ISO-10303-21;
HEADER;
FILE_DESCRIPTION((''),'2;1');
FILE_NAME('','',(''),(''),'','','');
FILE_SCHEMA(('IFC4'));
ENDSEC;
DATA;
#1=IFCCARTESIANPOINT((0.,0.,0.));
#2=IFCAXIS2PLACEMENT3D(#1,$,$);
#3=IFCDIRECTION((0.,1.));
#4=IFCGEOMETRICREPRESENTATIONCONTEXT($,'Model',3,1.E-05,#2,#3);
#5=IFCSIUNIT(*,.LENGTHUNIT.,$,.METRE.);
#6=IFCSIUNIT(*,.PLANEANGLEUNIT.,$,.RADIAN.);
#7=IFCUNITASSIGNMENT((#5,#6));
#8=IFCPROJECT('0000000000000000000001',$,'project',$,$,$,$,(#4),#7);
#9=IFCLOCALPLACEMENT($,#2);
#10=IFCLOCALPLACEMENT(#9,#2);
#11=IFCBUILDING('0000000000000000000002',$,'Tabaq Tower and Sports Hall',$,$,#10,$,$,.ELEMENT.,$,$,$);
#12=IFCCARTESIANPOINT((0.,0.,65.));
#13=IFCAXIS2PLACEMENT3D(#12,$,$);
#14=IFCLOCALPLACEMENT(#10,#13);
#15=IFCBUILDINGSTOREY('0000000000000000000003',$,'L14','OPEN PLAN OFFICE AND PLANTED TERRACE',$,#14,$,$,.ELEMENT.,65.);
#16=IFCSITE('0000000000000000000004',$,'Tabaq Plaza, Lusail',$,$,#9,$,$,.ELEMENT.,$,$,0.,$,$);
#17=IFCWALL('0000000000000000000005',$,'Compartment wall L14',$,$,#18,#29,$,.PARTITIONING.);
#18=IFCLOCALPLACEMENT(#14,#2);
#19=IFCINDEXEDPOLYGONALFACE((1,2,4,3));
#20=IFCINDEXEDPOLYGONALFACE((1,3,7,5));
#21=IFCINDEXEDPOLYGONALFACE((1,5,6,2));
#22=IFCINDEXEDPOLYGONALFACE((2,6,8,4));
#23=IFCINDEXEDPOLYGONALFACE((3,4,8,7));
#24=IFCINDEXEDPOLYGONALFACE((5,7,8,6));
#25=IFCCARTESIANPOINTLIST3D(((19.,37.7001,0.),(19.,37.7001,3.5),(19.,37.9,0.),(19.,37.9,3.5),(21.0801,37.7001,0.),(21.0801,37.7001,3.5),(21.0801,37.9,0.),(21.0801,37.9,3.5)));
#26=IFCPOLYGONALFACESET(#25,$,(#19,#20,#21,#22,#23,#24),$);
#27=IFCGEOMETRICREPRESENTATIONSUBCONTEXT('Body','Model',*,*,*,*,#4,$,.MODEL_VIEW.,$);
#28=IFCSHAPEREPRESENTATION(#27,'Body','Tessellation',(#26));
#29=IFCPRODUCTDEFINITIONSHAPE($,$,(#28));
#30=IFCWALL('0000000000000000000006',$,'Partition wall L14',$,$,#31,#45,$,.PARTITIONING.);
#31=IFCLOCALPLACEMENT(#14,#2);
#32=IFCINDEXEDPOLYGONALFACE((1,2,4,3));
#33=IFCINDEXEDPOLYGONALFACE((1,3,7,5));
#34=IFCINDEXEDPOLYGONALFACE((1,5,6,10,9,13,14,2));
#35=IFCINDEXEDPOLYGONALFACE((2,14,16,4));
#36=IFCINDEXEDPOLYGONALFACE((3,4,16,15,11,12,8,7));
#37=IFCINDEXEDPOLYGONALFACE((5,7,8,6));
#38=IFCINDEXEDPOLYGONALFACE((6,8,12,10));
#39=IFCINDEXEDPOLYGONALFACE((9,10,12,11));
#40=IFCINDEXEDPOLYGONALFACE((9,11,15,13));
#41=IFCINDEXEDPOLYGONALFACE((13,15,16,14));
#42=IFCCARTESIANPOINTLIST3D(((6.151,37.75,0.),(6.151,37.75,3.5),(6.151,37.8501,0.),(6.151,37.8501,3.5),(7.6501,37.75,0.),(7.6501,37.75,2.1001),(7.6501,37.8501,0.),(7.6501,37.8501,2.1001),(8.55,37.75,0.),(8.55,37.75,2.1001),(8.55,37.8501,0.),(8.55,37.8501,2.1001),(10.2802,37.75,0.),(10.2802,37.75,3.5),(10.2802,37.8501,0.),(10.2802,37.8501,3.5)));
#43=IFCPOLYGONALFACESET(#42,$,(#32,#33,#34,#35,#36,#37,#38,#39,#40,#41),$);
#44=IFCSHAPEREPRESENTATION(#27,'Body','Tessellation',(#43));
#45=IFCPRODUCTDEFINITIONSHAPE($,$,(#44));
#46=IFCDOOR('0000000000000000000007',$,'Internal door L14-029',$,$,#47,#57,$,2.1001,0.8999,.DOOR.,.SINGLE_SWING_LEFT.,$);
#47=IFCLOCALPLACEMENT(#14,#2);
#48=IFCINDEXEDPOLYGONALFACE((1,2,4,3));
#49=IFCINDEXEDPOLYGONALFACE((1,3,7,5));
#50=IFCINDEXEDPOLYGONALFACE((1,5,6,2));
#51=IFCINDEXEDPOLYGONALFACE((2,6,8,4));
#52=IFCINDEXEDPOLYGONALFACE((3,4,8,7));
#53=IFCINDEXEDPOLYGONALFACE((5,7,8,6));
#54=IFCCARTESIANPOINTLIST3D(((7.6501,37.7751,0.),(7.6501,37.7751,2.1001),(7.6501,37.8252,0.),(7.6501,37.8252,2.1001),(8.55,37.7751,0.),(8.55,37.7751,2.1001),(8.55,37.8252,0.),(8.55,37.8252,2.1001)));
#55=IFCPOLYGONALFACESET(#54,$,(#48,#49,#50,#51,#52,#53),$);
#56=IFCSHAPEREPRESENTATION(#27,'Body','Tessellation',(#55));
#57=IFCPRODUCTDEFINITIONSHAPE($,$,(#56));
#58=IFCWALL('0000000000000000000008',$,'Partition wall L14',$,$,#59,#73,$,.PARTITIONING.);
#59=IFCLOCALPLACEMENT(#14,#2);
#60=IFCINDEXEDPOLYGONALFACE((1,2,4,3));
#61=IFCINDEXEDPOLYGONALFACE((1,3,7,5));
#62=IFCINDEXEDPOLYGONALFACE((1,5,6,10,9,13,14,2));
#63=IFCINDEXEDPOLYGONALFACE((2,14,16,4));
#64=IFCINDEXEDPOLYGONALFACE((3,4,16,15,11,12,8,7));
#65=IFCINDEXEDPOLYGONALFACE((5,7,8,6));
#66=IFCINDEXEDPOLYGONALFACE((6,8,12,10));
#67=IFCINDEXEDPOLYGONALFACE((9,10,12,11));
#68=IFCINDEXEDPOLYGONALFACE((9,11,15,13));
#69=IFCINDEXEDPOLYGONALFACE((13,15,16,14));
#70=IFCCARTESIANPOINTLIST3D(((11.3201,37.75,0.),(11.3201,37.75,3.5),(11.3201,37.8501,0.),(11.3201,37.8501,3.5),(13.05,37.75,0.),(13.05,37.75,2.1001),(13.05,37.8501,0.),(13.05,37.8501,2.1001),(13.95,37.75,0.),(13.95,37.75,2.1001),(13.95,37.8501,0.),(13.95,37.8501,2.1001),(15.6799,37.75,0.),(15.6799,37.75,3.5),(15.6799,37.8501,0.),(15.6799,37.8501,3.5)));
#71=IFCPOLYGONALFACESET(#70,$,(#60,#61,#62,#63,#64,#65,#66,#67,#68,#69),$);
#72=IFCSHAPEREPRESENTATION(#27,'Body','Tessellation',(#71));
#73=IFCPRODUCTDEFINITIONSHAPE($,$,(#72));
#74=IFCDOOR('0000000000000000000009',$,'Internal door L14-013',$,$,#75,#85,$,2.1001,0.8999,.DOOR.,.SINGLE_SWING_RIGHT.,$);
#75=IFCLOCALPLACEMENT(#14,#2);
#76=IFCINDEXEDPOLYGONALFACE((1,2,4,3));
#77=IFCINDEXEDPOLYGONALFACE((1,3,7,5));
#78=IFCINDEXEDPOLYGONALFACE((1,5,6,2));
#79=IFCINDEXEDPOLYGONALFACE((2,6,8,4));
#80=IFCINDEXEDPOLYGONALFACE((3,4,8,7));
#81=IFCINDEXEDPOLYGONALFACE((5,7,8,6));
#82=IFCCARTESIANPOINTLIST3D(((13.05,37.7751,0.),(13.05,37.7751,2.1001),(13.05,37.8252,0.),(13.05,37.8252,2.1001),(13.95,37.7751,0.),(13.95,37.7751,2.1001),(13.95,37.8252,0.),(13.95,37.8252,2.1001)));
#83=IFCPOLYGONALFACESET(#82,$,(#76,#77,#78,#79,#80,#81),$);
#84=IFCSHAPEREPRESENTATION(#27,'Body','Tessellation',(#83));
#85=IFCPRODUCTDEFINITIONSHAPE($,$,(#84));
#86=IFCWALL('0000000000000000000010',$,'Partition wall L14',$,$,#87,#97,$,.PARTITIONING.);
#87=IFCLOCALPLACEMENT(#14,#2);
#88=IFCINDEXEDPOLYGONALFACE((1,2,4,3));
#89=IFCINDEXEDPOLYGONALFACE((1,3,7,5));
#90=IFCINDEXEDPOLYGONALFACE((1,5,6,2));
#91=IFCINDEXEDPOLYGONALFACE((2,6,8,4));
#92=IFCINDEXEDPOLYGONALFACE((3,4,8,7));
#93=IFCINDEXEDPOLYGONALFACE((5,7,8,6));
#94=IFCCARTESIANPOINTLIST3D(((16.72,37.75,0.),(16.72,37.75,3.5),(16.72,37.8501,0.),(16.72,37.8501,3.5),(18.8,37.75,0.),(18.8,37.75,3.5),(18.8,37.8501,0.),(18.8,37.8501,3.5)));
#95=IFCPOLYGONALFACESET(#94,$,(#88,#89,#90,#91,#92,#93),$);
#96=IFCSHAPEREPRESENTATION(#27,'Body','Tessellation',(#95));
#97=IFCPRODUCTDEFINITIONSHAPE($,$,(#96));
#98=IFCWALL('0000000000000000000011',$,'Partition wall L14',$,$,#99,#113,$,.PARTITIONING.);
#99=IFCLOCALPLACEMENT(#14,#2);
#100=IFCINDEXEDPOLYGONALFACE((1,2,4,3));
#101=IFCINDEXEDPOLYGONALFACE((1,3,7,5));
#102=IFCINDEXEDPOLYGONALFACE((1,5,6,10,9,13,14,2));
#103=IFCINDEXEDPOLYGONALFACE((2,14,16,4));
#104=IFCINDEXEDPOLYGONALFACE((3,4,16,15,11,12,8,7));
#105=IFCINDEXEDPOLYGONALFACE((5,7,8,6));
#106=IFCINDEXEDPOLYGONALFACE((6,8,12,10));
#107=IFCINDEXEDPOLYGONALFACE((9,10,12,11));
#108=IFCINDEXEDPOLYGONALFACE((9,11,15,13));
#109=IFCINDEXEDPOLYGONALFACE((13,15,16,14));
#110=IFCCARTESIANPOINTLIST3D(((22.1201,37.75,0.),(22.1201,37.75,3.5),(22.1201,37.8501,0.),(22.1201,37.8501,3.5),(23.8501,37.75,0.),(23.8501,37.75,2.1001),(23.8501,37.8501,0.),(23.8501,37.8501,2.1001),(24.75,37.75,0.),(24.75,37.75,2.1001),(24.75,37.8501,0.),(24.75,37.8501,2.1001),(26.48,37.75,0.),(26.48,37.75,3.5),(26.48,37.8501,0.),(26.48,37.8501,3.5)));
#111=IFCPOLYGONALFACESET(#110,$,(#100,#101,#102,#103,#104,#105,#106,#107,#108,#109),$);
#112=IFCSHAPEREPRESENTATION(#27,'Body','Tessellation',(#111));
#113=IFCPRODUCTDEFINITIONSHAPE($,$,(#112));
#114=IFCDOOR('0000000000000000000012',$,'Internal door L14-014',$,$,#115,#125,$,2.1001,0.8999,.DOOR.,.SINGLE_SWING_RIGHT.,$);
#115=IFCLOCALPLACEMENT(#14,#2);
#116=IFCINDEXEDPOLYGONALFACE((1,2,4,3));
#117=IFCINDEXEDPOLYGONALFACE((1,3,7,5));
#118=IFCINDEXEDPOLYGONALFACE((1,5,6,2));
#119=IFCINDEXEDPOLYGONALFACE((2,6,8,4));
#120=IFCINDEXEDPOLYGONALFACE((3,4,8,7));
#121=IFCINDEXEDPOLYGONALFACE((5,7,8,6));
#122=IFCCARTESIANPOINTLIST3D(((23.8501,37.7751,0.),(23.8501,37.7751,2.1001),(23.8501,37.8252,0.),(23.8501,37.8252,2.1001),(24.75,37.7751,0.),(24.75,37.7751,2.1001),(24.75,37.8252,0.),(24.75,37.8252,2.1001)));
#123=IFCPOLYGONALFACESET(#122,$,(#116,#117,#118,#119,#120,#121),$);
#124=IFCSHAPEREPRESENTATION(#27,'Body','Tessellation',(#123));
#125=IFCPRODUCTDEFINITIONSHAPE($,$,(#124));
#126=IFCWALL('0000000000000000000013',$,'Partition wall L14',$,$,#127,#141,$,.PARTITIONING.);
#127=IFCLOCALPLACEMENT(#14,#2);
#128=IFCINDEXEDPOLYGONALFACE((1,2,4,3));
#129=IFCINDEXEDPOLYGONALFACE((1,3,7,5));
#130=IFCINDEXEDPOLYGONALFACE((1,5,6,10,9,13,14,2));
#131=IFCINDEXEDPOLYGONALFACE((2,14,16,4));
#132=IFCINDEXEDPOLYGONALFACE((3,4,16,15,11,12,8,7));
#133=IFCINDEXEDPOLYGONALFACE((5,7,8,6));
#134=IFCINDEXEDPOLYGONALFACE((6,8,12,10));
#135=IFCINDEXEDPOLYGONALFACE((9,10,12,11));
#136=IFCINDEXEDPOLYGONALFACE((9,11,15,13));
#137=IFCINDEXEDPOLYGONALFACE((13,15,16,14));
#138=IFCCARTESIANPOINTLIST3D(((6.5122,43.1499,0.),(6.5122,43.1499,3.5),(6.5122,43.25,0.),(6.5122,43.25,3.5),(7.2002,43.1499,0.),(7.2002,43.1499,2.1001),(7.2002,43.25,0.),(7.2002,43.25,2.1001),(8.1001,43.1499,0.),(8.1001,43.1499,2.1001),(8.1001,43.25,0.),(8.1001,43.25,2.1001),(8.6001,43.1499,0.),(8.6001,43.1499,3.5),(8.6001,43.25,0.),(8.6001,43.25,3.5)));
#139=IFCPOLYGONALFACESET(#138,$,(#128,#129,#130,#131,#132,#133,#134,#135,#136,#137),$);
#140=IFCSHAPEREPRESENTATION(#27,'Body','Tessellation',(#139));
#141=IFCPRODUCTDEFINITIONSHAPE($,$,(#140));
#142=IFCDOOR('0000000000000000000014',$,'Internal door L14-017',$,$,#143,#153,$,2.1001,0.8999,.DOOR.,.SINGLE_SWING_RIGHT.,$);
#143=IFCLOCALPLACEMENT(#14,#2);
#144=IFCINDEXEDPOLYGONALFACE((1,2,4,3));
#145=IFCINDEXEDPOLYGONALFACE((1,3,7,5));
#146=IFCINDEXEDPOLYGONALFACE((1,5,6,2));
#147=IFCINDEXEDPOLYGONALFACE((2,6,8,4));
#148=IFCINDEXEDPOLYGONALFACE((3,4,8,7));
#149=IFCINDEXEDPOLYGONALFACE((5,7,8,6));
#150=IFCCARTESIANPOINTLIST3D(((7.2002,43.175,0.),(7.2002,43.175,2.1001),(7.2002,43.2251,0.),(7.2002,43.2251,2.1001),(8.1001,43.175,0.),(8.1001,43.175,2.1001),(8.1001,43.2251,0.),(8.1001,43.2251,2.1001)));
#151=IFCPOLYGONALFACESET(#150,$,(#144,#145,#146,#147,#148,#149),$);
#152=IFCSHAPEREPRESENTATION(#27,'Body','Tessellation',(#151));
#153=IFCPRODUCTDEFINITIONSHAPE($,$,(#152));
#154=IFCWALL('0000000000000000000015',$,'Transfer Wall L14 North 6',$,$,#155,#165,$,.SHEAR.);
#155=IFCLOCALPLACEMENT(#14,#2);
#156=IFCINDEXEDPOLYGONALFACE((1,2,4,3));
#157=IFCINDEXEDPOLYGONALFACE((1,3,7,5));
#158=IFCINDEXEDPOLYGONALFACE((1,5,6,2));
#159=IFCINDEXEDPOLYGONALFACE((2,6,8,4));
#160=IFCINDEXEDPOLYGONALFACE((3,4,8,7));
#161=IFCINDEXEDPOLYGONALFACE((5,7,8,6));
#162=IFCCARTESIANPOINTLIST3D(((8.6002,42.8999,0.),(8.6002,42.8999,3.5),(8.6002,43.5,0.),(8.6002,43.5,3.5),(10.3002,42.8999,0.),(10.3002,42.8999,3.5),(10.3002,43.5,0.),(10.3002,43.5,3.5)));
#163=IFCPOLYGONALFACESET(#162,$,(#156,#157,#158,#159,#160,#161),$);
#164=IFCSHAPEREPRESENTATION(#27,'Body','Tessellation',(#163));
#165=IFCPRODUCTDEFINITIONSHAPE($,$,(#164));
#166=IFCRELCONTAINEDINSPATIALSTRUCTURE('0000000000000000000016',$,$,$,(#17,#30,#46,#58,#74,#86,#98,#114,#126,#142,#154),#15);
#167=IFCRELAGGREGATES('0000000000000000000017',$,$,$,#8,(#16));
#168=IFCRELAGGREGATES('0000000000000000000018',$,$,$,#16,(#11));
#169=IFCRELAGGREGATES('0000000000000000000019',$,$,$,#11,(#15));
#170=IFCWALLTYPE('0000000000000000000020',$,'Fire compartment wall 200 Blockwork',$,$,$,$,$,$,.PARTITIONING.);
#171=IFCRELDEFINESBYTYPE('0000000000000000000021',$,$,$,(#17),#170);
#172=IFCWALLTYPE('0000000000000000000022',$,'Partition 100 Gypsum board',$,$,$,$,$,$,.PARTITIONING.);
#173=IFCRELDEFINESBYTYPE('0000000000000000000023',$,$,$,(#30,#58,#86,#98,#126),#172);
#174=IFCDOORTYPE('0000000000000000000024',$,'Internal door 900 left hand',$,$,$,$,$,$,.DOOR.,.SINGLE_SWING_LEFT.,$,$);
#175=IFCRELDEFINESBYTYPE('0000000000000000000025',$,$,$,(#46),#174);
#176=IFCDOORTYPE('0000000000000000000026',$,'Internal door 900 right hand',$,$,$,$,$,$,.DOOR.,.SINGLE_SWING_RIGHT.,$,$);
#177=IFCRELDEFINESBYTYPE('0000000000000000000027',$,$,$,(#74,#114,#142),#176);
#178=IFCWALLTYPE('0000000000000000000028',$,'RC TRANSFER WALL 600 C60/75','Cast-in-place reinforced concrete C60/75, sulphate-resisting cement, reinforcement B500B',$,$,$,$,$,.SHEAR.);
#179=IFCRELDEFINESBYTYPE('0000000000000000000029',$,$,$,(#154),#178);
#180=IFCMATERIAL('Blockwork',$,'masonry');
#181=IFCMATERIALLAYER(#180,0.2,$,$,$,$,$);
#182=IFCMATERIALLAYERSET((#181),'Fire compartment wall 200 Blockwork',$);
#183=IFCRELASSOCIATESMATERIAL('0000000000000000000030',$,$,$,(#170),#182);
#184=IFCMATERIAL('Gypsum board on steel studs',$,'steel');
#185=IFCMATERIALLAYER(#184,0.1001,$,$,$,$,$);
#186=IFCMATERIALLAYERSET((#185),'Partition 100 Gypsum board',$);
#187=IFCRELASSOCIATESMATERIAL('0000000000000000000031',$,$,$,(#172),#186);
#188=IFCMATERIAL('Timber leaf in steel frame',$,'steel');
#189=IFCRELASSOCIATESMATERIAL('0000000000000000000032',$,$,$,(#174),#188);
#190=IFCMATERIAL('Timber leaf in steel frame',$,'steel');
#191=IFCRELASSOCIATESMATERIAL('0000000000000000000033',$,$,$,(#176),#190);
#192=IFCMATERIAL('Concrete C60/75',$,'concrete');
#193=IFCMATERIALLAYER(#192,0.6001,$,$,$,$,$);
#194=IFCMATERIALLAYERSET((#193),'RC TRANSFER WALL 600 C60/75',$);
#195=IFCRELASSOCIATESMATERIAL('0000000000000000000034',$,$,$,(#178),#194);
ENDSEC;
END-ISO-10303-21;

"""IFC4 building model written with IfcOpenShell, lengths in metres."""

from ifc_helpers import new_model, si_unit, direction, frame, frame_2d, origin, place, context, subcontext, project, spatial, rectangle, extrude, material, layer, layer_set, type_object, element, fill, save


model = new_model("IFC4")

# Units and contexts
model_context = context("Model", 3, precision=1e-05, world=origin(), true_north=direction((0.0, 1.0)))
body_context = subcontext(model_context, "Body", "Model", "MODEL_VIEW")
ifc_project = project(units=[si_unit("LENGTHUNIT", "METRE"), si_unit("PLANEANGLEUNIT", "RADIAN")], contexts=[model_context])

# Site, building, storey
site_placement = place(None, origin())
site = spatial("IfcSite", under=ifc_project, at=site_placement, Name="Tabaq Plaza, Lusail", CompositionType="ELEMENT", RefElevation=0.0)
building_placement = place(site_placement, origin())
building = spatial("IfcBuilding", under=site, at=building_placement, Name="Tabaq Tower and Sports Hall", CompositionType="ELEMENT")
storey_placement = place(building_placement, frame((0.0, 0.0, 65.0)))
storey = spatial("IfcBuildingStorey", under=building, at=storey_placement, Name="L14", Description="OPEN PLAN OFFICE AND PLANTED TERRACE", CompositionType="ELEMENT", Elevation=65.0)

# Wall
ifc_material_1 = material(Name="Blockwork", Category="masonry")
ifc_layer_1 = layer(ifc_material_1, 0.2)
ifc_layer_set_1 = layer_set([ifc_layer_1], Name="Fire compartment wall 200 Blockwork")
wall_type_1 = type_object("IfcWallType", Name="Fire compartment wall 200 Blockwork", PredefinedType="PARTITIONING", material=ifc_layer_set_1)
wall_1_placement = place(storey_placement, frame((21.0801, 37.8, 0.0), z_axis=(0.0, 0.0, 1.0), x_axis=(-1.0, 0.0, 0.0)))
element("IfcWall", 1, at=wall_1_placement, inside=storey, type_object=wall_type_1, Name="Compartment wall L14", PredefinedType="PARTITIONING", context=body_context, shape_type="SweptSolid", body=[
    extrude(rectangle(XDim=2.0801, YDim=0.2, at=frame_2d((1.04, 0.0))), origin(), (0.0, 0.0, 1.0), 3.5),
])

# Walls, openings, doors
ifc_material_2 = material(Name="Gypsum board on steel studs", Category="steel")
ifc_layer_2 = layer(ifc_material_2, 0.1001)
ifc_layer_set_2 = layer_set([ifc_layer_2], Name="Partition 100 Gypsum board")
wall_type_2 = type_object("IfcWallType", Name="Partition 100 Gypsum board", PredefinedType="PARTITIONING", material=ifc_layer_set_2)
wall_2_placement = place(storey_placement, frame((10.28, 37.8, 0.0), z_axis=(0.0, 0.0, 1.0), x_axis=(-1.0, 0.0, 0.0)))
wall_2 = element("IfcWall", 2, at=wall_2_placement, inside=storey, type_object=wall_type_2, Name="Partition wall L14", PredefinedType="PARTITIONING", context=body_context, shape_type="SweptSolid", body=[
    extrude(rectangle(XDim=4.1292, YDim=0.1001, at=frame_2d((2.0645, 0.0))), origin(), (0.0, 0.0, 1.0), 3.5),
])
opening_1_placement = place(wall_2_placement, frame((1.73, 0.0, 0.0)))
opening_1 = element("IfcOpeningElement", 3, at=opening_1_placement, cuts=wall_2, PredefinedType="OPENING", context=body_context, shape_type="SweptSolid", body=[
    extrude(rectangle(XDim=0.8999, YDim=2.1001, at=frame_2d((0.45, 1.05))), frame((0.0, 0.05, 0.0), z_axis=(0.0, -1.0, 0.0), x_axis=(1.0, 0.0, 0.0)), (0.0, 0.0, 1.0), 0.1001),
])
ifc_material_3 = material(Name="Timber leaf in steel frame", Category="steel")
door_type_1 = type_object("IfcDoorType", Name="Internal door 900 left hand", OperationType="SINGLE_SWING_LEFT", PredefinedType="DOOR", material=ifc_material_3)
door_1_placement = place(opening_1_placement, origin())
door_1 = element("IfcDoor", 4, at=door_1_placement, inside=storey, type_object=door_type_1, Name="Internal door L14-029", OperationType="SINGLE_SWING_LEFT", OverallHeight=2.1001, OverallWidth=0.8999, PredefinedType="DOOR", context=body_context, shape_type="SweptSolid", body=[
    extrude(rectangle(XDim=0.8999, YDim=2.1001, at=frame_2d((0.45, 1.05))), frame((0.0, 0.0249, 0.0), z_axis=(0.0, -1.0, 0.0), x_axis=(1.0, 0.0, 0.0)), (0.0, 0.0, 1.0), 0.05),
])
fill(opening_1, door_1)
wall_3_placement = place(storey_placement, frame((15.6799, 37.8, 0.0), z_axis=(0.0, 0.0, 1.0), x_axis=(-1.0, 0.0, 0.0)))
wall_3 = element("IfcWall", 5, at=wall_3_placement, inside=storey, type_object=wall_type_2, Name="Partition wall L14", PredefinedType="PARTITIONING", context=body_context, shape_type="SweptSolid", body=[
    extrude(rectangle(XDim=4.3599, YDim=0.1001, at=frame_2d((2.1799, 0.0))), origin(), (0.0, 0.0, 1.0), 3.5),
])
opening_2_placement = place(wall_3_placement, frame((1.73, 0.0, 0.0)))
opening_2 = element("IfcOpeningElement", 6, at=opening_2_placement, cuts=wall_3, PredefinedType="OPENING", context=body_context, shape_type="SweptSolid", body=[
    extrude(rectangle(XDim=0.8999, YDim=2.1001, at=frame_2d((0.45, 1.05))), frame((0.0, 0.05, 0.0), z_axis=(0.0, -1.0, 0.0), x_axis=(1.0, 0.0, 0.0)), (0.0, 0.0, 1.0), 0.1001),
])
ifc_material_4 = material(Name="Timber leaf in steel frame", Category="steel")
door_type_2 = type_object("IfcDoorType", Name="Internal door 900 right hand", OperationType="SINGLE_SWING_RIGHT", PredefinedType="DOOR", material=ifc_material_4)
door_2_placement = place(opening_2_placement, origin())
door_2 = element("IfcDoor", 7, at=door_2_placement, inside=storey, type_object=door_type_2, Name="Internal door L14-013", OperationType="SINGLE_SWING_RIGHT", OverallHeight=2.1001, OverallWidth=0.8999, PredefinedType="DOOR", context=body_context, shape_type="SweptSolid", body=[
    extrude(rectangle(XDim=0.8999, YDim=2.1001, at=frame_2d((0.45, 1.05))), frame((0.0, 0.0249, 0.0), z_axis=(0.0, -1.0, 0.0), x_axis=(1.0, 0.0, 0.0)), (0.0, 0.0, 1.0), 0.05),
])
fill(opening_2, door_2)

# Wall
wall_4_placement = place(storey_placement, frame((18.8, 37.8, 0.0), z_axis=(0.0, 0.0, 1.0), x_axis=(-1.0, 0.0, 0.0)))
element("IfcWall", 8, at=wall_4_placement, inside=storey, type_object=wall_type_2, Name="Partition wall L14", PredefinedType="PARTITIONING", context=body_context, shape_type="SweptSolid", body=[
    extrude(rectangle(XDim=2.0801, YDim=0.1001, at=frame_2d((1.04, 0.0))), origin(), (0.0, 0.0, 1.0), 3.5),
])

# Walls, openings, doors
wall_5_placement = place(storey_placement, frame((26.48, 37.8, 0.0), z_axis=(0.0, 0.0, 1.0), x_axis=(-1.0, 0.0, 0.0)))
wall_5 = element("IfcWall", 9, at=wall_5_placement, inside=storey, type_object=wall_type_2, Name="Partition wall L14", PredefinedType="PARTITIONING", context=body_context, shape_type="SweptSolid", body=[
    extrude(rectangle(XDim=4.3599, YDim=0.1001, at=frame_2d((2.1799, 0.0))), origin(), (0.0, 0.0, 1.0), 3.5),
])
opening_3_placement = place(wall_5_placement, frame((1.73, 0.0, 0.0)))
opening_3 = element("IfcOpeningElement", 10, at=opening_3_placement, cuts=wall_5, PredefinedType="OPENING", context=body_context, shape_type="SweptSolid", body=[
    extrude(rectangle(XDim=0.8999, YDim=2.1001, at=frame_2d((0.45, 1.05))), frame((0.0, 0.05, 0.0), z_axis=(0.0, -1.0, 0.0), x_axis=(1.0, 0.0, 0.0)), (0.0, 0.0, 1.0), 0.1001),
])
door_3_placement = place(opening_3_placement, origin())
door_3 = element("IfcDoor", 11, at=door_3_placement, inside=storey, type_object=door_type_2, Name="Internal door L14-014", OperationType="SINGLE_SWING_RIGHT", OverallHeight=2.1001, OverallWidth=0.8999, PredefinedType="DOOR", context=body_context, shape_type="SweptSolid", body=[
    extrude(rectangle(XDim=0.8999, YDim=2.1001, at=frame_2d((0.45, 1.05))), frame((0.0, 0.0249, 0.0), z_axis=(0.0, -1.0, 0.0), x_axis=(1.0, 0.0, 0.0)), (0.0, 0.0, 1.0), 0.05),
])
fill(opening_3, door_3)
wall_6_placement = place(storey_placement, frame((8.6001, 43.2, 0.0), z_axis=(0.0, 0.0, 1.0), x_axis=(-1.0, 0.0, 0.0)))
wall_6 = element("IfcWall", 12, at=wall_6_placement, inside=storey, type_object=wall_type_2, Name="Partition wall L14", PredefinedType="PARTITIONING", context=body_context, shape_type="SweptSolid", body=[
    extrude(rectangle(XDim=2.0879, YDim=0.1001, at=frame_2d((1.0439, 0.0))), origin(), (0.0, 0.0, 1.0), 3.5),
])
opening_4_placement = place(wall_6_placement, frame((0.5, 0.0, 0.0)))
opening_4 = element("IfcOpeningElement", 13, at=opening_4_placement, cuts=wall_6, PredefinedType="OPENING", context=body_context, shape_type="SweptSolid", body=[
    extrude(rectangle(XDim=0.8999, YDim=2.1001, at=frame_2d((0.45, 1.05))), frame((0.0, 0.05, 0.0), z_axis=(0.0, -1.0, 0.0), x_axis=(1.0, 0.0, 0.0)), (0.0, 0.0, 1.0), 0.1001),
])
door_4_placement = place(opening_4_placement, origin())
door_4 = element("IfcDoor", 14, at=door_4_placement, inside=storey, type_object=door_type_2, Name="Internal door L14-017", OperationType="SINGLE_SWING_RIGHT", OverallHeight=2.1001, OverallWidth=0.8999, PredefinedType="DOOR", context=body_context, shape_type="SweptSolid", body=[
    extrude(rectangle(XDim=0.8999, YDim=2.1001, at=frame_2d((0.45, 1.05))), frame((0.0, 0.0249, 0.0), z_axis=(0.0, -1.0, 0.0), x_axis=(1.0, 0.0, 0.0)), (0.0, 0.0, 1.0), 0.05),
])
fill(opening_4, door_4)

# Wall
ifc_material_5 = material(Name="Concrete C60/75", Category="concrete")
ifc_layer_3 = layer(ifc_material_5, 0.6001)
ifc_layer_set_3 = layer_set([ifc_layer_3], Name="RC TRANSFER WALL 600 C60/75")
wall_type_3 = type_object("IfcWallType", Name="RC TRANSFER WALL 600 C60/75", Description="Cast-in-place reinforced concrete C60/75, sulphate-resisting cement, reinforcement B500B", PredefinedType="SHEAR", material=ifc_layer_set_3)
wall_7_placement = place(storey_placement, frame((8.6001, 43.2, 0.0), z_axis=(0.0, 0.0, 1.0), x_axis=(1.0, 0.0, 0.0)))
element("IfcWall", 15, at=wall_7_placement, inside=storey, type_object=wall_type_3, Name="Transfer Wall L14 North 6", PredefinedType="SHEAR", context=body_context, shape_type="SweptSolid", body=[
    extrude(rectangle(XDim=1.7, YDim=0.6001, at=frame_2d((0.8501, 0.0))), origin(), (0.0, 0.0, 1.0), 3.5),
])

save(model, "model.ifc")
